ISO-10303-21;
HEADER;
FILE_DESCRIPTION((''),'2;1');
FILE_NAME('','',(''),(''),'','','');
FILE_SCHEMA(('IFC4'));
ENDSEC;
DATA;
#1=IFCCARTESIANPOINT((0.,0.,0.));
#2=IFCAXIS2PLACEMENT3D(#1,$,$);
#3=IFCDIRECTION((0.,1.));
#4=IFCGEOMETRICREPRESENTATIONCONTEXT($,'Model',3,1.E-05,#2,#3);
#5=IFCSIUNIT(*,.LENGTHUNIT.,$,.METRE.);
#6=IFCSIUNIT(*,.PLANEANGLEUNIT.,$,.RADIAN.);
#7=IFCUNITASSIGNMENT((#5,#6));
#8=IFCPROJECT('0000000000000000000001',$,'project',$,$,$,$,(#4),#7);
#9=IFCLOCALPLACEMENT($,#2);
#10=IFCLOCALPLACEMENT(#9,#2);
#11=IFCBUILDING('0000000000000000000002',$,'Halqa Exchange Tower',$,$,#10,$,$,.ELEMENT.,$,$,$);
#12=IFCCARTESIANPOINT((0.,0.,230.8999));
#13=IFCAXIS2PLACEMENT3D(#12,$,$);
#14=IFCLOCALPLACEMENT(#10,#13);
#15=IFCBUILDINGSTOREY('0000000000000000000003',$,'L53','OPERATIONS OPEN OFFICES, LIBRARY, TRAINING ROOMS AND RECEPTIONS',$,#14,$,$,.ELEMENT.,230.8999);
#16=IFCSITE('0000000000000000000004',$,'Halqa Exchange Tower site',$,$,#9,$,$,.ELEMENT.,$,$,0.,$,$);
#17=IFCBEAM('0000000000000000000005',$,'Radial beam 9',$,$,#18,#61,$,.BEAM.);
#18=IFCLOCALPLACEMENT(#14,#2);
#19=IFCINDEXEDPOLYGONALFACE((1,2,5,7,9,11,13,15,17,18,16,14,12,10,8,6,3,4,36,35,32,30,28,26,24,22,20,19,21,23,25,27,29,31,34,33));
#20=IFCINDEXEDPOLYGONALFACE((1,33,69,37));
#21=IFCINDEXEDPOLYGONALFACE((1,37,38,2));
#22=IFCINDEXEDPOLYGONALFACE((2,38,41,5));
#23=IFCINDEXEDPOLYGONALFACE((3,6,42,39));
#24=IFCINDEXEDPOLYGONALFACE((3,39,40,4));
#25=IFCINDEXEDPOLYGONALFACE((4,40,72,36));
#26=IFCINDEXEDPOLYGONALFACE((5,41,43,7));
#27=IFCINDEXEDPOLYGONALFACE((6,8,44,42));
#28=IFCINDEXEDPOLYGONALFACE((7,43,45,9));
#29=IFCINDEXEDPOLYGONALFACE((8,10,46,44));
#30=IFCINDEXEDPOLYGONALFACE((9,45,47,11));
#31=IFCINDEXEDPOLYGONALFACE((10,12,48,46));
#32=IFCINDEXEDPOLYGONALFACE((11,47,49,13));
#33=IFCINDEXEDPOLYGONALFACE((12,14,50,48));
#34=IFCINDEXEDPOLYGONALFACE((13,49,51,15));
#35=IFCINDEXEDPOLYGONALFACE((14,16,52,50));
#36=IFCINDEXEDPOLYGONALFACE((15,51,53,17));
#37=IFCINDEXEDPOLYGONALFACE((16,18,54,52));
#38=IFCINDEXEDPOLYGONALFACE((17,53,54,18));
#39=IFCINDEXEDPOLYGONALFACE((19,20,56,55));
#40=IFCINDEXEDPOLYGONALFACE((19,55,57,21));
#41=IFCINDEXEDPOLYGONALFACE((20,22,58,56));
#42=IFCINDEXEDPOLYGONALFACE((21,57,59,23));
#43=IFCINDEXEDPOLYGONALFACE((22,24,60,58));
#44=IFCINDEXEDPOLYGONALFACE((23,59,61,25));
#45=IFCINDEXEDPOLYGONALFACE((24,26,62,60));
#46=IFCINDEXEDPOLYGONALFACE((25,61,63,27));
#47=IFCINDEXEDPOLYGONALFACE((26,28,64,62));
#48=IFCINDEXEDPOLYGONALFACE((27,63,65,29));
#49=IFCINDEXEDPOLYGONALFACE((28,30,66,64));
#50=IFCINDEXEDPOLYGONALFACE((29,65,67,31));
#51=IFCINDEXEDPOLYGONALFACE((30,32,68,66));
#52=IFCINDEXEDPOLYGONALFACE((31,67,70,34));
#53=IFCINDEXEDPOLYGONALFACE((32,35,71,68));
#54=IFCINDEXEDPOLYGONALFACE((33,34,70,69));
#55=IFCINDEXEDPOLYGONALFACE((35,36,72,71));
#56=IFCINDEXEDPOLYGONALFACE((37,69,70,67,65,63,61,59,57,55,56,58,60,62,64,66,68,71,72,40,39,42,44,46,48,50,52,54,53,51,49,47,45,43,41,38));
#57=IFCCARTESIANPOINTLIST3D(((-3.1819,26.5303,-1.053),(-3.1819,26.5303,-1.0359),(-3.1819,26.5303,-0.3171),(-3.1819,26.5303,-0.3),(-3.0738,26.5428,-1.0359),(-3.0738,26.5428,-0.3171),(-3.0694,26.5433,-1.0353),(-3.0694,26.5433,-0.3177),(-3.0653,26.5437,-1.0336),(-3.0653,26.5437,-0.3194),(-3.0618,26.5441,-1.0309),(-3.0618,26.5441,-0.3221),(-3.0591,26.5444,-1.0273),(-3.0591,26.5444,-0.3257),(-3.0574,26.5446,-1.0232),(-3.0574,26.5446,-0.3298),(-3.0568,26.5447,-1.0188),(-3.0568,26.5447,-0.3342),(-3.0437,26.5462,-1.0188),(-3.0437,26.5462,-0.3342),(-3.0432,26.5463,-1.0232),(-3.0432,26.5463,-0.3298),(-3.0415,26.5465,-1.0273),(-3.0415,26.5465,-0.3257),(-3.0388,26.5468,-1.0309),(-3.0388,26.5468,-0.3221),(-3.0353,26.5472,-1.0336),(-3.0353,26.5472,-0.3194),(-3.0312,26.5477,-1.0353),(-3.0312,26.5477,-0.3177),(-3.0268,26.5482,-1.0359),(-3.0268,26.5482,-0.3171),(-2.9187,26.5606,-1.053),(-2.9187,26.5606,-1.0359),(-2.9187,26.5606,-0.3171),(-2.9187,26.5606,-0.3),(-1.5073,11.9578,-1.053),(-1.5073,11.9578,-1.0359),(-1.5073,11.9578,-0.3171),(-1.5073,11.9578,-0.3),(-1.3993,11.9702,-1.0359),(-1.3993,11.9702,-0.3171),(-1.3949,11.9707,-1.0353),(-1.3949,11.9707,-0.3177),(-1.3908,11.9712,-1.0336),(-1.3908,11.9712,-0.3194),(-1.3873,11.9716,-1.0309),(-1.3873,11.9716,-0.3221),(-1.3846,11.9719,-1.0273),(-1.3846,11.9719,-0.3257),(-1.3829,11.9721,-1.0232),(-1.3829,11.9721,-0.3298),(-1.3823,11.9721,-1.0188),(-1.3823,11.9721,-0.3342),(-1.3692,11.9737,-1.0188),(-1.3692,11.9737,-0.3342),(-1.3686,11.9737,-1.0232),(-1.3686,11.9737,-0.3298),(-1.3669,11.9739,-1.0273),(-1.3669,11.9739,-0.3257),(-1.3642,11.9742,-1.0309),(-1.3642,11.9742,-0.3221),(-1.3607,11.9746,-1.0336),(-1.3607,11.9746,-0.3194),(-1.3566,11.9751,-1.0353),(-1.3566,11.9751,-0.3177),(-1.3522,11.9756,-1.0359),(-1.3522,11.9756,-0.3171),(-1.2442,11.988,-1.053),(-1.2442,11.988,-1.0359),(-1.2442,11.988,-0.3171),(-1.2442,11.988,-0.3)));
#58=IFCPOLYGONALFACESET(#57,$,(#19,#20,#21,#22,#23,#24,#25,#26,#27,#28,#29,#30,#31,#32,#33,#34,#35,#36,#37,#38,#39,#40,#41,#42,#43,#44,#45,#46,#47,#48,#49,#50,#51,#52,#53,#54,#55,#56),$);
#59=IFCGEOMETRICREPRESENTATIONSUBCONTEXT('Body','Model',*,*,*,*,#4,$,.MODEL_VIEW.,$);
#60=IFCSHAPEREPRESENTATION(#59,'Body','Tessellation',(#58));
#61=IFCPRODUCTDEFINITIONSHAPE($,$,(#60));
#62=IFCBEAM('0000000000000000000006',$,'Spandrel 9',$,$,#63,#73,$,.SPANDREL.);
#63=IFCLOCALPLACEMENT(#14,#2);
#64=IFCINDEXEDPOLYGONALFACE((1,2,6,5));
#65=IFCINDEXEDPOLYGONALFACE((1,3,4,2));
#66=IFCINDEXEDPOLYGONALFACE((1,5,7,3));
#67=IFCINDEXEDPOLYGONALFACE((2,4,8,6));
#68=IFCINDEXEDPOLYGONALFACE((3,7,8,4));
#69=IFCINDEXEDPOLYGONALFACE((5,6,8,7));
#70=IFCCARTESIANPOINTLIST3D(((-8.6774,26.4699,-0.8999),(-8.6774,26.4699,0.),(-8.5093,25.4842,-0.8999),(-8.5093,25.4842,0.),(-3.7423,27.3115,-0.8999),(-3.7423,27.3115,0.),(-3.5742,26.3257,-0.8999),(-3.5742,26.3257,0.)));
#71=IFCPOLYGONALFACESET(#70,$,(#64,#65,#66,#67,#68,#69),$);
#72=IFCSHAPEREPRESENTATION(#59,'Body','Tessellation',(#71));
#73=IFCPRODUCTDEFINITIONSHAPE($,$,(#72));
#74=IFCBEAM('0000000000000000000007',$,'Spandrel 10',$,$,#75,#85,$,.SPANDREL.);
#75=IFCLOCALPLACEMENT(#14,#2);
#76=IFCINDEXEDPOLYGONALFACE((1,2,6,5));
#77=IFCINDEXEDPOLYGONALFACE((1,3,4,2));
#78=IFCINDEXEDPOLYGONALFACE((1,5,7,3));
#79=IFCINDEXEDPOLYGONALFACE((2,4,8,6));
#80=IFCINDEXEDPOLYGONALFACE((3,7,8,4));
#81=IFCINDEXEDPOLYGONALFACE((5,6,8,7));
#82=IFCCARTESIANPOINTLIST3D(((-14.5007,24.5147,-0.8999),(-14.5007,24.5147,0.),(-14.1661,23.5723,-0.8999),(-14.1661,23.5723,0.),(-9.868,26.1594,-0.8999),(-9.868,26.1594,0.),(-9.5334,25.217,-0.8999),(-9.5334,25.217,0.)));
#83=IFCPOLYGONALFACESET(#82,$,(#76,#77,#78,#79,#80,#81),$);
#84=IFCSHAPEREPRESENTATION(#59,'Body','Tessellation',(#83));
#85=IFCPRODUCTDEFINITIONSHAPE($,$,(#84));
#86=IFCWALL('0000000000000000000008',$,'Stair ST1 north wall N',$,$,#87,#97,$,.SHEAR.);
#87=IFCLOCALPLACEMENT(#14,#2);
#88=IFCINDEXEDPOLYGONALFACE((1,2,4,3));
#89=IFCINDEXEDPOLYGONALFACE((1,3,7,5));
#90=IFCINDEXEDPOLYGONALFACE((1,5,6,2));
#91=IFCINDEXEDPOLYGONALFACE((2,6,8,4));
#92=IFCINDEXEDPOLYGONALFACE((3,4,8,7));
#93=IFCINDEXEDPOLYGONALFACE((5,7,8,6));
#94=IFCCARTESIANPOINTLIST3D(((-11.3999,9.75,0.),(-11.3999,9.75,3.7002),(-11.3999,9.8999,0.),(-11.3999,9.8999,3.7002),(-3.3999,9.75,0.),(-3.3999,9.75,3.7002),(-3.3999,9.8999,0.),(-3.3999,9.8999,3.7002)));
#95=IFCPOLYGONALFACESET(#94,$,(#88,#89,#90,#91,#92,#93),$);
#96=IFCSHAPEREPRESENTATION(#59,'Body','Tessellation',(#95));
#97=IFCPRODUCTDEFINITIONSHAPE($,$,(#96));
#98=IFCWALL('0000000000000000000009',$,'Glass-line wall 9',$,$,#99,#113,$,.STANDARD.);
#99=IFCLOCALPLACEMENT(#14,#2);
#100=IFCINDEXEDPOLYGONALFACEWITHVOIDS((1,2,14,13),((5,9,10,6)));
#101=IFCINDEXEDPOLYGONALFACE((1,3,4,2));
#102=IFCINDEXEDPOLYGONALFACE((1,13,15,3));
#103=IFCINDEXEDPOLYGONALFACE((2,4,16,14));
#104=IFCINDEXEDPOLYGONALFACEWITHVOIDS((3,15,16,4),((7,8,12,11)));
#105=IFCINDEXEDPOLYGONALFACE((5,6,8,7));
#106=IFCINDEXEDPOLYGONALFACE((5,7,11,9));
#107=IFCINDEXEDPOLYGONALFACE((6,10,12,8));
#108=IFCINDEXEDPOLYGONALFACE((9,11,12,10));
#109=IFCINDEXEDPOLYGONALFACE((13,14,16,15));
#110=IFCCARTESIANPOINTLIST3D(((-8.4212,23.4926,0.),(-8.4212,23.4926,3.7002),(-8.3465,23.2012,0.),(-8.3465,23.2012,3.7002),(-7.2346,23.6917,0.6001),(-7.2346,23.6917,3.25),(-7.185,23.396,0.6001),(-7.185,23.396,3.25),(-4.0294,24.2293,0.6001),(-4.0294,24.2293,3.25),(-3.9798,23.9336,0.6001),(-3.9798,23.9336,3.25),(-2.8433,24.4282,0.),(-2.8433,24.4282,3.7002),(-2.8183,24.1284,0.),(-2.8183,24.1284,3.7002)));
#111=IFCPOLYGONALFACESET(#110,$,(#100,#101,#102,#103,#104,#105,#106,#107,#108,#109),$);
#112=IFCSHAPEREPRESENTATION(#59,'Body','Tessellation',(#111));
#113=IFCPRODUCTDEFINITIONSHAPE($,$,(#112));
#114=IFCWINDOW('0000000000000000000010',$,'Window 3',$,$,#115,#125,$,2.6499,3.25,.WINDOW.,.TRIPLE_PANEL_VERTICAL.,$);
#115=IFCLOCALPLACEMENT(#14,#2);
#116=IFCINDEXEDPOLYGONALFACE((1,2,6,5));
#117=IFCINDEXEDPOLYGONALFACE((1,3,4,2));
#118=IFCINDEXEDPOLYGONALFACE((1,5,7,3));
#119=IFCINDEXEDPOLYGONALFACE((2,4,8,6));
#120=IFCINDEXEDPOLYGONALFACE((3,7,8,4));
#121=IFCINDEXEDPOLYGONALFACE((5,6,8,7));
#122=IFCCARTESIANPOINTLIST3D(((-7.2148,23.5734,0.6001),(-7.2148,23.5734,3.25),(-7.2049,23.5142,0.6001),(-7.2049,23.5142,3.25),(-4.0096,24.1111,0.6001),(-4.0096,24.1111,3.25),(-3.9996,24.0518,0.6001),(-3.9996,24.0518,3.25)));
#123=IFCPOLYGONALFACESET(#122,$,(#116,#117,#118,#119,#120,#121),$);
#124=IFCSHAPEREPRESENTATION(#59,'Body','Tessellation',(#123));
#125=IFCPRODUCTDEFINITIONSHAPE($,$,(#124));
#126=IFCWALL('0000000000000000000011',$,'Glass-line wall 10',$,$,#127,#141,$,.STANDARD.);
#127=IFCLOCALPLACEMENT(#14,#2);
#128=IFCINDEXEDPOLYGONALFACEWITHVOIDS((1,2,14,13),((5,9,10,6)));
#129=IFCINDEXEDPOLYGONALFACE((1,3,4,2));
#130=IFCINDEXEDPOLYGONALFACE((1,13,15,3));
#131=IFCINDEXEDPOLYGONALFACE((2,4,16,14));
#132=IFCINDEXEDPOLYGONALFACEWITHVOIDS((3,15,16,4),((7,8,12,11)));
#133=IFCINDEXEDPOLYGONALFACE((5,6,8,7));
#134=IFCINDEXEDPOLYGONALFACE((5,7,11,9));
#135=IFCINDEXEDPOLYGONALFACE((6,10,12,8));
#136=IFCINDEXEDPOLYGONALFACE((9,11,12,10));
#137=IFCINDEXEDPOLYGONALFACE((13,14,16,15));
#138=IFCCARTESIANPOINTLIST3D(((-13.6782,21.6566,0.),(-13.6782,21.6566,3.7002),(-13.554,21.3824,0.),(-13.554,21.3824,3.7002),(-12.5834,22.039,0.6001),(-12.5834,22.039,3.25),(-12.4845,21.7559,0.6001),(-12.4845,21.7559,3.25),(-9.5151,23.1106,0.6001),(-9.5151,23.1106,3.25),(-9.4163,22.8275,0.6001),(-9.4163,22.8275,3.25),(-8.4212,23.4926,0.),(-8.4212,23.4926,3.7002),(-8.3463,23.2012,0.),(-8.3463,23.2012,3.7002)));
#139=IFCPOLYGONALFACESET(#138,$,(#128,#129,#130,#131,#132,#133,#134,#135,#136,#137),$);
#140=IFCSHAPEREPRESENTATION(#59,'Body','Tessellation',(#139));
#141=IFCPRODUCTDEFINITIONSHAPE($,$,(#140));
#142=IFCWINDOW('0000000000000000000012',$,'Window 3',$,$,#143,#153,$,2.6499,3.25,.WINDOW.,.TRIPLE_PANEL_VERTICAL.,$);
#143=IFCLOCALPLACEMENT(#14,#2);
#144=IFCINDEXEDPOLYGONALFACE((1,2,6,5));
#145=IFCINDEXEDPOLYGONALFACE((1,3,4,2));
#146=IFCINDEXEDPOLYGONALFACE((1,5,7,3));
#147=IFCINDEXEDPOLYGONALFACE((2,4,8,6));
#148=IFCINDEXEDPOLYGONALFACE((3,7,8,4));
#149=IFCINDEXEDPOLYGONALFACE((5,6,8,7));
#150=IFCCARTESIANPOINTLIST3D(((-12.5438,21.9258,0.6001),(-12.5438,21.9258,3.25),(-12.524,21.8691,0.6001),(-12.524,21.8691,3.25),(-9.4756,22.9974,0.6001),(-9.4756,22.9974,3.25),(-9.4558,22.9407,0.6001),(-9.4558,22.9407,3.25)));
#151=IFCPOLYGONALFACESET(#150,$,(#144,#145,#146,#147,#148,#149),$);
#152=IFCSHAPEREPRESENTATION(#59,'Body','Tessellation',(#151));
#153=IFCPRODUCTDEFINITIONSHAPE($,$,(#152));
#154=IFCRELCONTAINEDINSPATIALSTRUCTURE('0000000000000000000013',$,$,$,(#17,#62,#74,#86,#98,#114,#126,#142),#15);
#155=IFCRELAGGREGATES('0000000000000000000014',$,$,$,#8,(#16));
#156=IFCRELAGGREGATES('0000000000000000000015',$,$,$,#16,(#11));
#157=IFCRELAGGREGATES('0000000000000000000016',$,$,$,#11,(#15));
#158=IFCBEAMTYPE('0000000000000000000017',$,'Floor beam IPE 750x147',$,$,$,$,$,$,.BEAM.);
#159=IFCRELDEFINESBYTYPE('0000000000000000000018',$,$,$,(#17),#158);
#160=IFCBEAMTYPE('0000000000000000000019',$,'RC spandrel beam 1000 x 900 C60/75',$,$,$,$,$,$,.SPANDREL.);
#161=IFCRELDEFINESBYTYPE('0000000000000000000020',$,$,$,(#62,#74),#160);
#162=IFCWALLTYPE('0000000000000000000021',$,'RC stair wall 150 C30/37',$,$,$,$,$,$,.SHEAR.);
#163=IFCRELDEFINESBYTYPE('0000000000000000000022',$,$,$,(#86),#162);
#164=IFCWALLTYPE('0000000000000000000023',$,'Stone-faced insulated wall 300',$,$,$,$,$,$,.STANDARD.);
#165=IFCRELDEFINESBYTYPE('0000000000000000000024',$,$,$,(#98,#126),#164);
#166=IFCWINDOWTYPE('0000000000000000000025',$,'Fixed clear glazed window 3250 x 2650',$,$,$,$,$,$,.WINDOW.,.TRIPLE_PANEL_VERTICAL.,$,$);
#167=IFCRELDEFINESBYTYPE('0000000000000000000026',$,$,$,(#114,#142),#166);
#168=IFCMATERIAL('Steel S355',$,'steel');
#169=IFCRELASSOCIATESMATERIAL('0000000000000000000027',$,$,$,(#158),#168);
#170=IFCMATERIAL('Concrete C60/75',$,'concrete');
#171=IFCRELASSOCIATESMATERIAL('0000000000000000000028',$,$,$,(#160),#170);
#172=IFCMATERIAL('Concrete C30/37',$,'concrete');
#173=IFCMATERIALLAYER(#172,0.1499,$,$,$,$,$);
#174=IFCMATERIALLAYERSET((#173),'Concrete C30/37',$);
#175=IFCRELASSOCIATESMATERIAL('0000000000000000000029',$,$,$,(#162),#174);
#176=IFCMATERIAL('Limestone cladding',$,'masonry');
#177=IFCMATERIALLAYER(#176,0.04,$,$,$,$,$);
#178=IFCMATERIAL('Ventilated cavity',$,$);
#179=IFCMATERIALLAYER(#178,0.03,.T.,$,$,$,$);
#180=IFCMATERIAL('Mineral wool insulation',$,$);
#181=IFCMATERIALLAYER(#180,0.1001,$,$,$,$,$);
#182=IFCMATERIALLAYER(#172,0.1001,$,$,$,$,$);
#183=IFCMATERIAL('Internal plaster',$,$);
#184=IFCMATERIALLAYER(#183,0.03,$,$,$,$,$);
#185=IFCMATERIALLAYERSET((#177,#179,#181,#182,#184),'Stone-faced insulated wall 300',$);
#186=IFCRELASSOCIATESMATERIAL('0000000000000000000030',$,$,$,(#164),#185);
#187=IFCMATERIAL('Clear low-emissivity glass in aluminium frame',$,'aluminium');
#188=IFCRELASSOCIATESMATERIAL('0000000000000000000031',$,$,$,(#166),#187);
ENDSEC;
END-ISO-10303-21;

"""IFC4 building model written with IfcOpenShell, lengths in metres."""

from ifc_helpers import new_model, si_unit, direction, frame, frame_2d, origin, origin_2d, place, context, subcontext, project, spatial, polyline, rectangle, i_section, outline, extrude, material, layer, layer_set, material_profile, profile_set, type_object, element, fill, save


model = new_model("IFC4")

# Units and contexts
model_context = context("Model", 3, precision=1e-05, world=origin(), true_north=direction((0.0, 1.0)))
body_context = subcontext(model_context, "Body", "Model", "MODEL_VIEW")
ifc_project = project(units=[si_unit("LENGTHUNIT", "METRE"), si_unit("PLANEANGLEUNIT", "RADIAN")], contexts=[model_context])

# Site, building, storey
site_placement = place(None, origin())
site = spatial("IfcSite", under=ifc_project, at=site_placement, Name="Halqa Exchange Tower site", CompositionType="ELEMENT", RefElevation=0.0)
building_placement = place(site_placement, origin())
building = spatial("IfcBuilding", under=site, at=building_placement, Name="Halqa Exchange Tower", CompositionType="ELEMENT")
storey_placement = place(building_placement, frame((0.0, 0.0, 230.8999)))
storey = spatial("IfcBuildingStorey", under=building, at=storey_placement, Name="L53", Description="OPERATIONS OPEN OFFICES, LIBRARY, TRAINING ROOMS AND RECEPTIONS", CompositionType="ELEMENT", Elevation=230.8999)

# Shared definitions
ifc_material_1 = material(Name="Concrete C60/75", Category="concrete")

# Beams
ifc_material_2 = material(Name="Steel S355", Category="steel")
ifc_material_profile_1 = material_profile(ifc_material_2, i_section(OverallWidth=0.2649, OverallDepth=0.7529, WebThickness=0.0132, FlangeThickness=0.0171, FilletRadius=0.0171, at=origin_2d()), Name="IPE 750x147")
ifc_profile_set_1 = profile_set([ifc_material_profile_1], Name="Steel S355")
beam_type_1 = type_object("IfcBeamType", Name="Floor beam IPE 750x147", PredefinedType="BEAM", material=ifc_profile_set_1)
beam_1_placement = place(storey_placement, frame((-1.3757, 11.9729, -0.6765), z_axis=(-0.114161, 0.993462, 0.0), x_axis=(-0.993462, -0.114161, 0.0)))
element("IfcBeam", 1, at=beam_1_placement, inside=storey, type_object=beam_type_1, Name="Radial beam 9", PredefinedType="BEAM", context=body_context, shape_type="SweptSolid", body=[
    extrude(i_section(OverallWidth=0.2649, OverallDepth=0.7529, WebThickness=0.0132, FlangeThickness=0.0171, FilletRadius=0.0171, at=origin_2d()), origin(), (0.0, 0.0, 1.0), 14.6685),
])
ifc_material_profile_2 = material_profile(ifc_material_1, rectangle(XDim=1.0, YDim=0.8999, at=origin_2d()), Name="1000 x 900")
ifc_profile_set_2 = profile_set([ifc_material_profile_2], Name="Concrete C60/75")
beam_type_2 = type_object("IfcBeamType", Name="RC spandrel beam 1000 x 900 C60/75", PredefinedType="SPANDREL", material=ifc_profile_set_2)
beam_2_placement = place(storey_placement, frame((-3.6582, 26.8186, -0.45), z_axis=(-0.98577, -0.168099, 0.0), x_axis=(0.168099, -0.98577, 0.0)))
element("IfcBeam", 2, at=beam_2_placement, inside=storey, type_object=beam_type_2, Name="Spandrel 9", PredefinedType="SPANDREL", context=body_context, shape_type="SweptSolid", body=[
    extrude(rectangle(XDim=1.0, YDim=0.8999, at=origin_2d()), origin(), (0.0, 0.0, 1.0), 5.0063),
])
beam_3_placement = place(storey_placement, frame((-9.7007, 25.6882, -0.45), z_axis=(-0.942372, -0.334568, 0.0), x_axis=(0.334568, -0.942372, 0.0)))
element("IfcBeam", 3, at=beam_3_placement, inside=storey, type_object=beam_type_2, Name="Spandrel 10", PredefinedType="SPANDREL", context=body_context, shape_type="SweptSolid", body=[
    extrude(rectangle(XDim=1.0, YDim=0.8999, at=origin_2d()), origin(), (0.0, 0.0, 1.0), 4.916),
])

# Wall
ifc_material_3 = material(Name="Concrete C30/37", Category="concrete")
ifc_layer_1 = layer(ifc_material_3, 0.1499)
ifc_layer_set_1 = layer_set([ifc_layer_1], Name="Concrete C30/37")
wall_type_1 = type_object("IfcWallType", Name="RC stair wall 150 C30/37", PredefinedType="SHEAR", material=ifc_layer_set_1)
wall_1_placement = place(storey_placement, frame((-11.3999, 9.825, 0.0), z_axis=(0.0, 0.0, 1.0), x_axis=(1.0, 0.0, 0.0)))
element("IfcWall", 4, at=wall_1_placement, inside=storey, type_object=wall_type_1, Name="Stair ST1 north wall N", PredefinedType="SHEAR", context=body_context, shape_type="SweptSolid", body=[
    extrude(rectangle(XDim=8.0, YDim=0.1499, at=frame_2d((4.0, 0.0))), origin(), (0.0, 0.0, 1.0), 3.7002),
])

# Walls, openings, windows
ifc_material_4 = material(Name="Limestone cladding", Category="masonry")
ifc_layer_2 = layer(ifc_material_4, 0.04)
ifc_material_5 = material(Name="Ventilated cavity")
ifc_layer_3 = layer(ifc_material_5, 0.03, ventilated=True)
ifc_material_6 = material(Name="Mineral wool insulation")
ifc_layer_4 = layer(ifc_material_6, 0.1001)
ifc_layer_5 = layer(ifc_material_3, 0.1001)
ifc_material_7 = material(Name="Internal plaster")
ifc_layer_6 = layer(ifc_material_7, 0.03)
ifc_layer_set_2 = layer_set([ifc_layer_2, ifc_layer_3, ifc_layer_4, ifc_layer_5, ifc_layer_6], Name="Stone-faced insulated wall 300")
wall_type_2 = type_object("IfcWallType", Name="Stone-faced insulated wall 300", PredefinedType="STANDARD", material=ifc_layer_set_2)
wall_2_placement = place(storey_placement, frame((-2.8308, 24.2783, 0.0), z_axis=(0.0, 0.0, 1.0), x_axis=(-0.986223, -0.165418, 0.0)))
wall_2 = element("IfcWall", 5, at=wall_2_placement, inside=storey, type_object=wall_type_2, Name="Glass-line wall 9", PredefinedType="STANDARD", context=body_context, shape_type="SweptSolid", body=[
    extrude(outline(polyline([(-0.0125, -0.1499), (5.6433, -0.1499), (5.6179, 0.1499), (0.0125, 0.1499), (-0.0125, -0.1499)])), origin(), (0.0, 0.0, 1.0), 3.7002),
])
opening_1_placement = place(wall_2_placement, frame((1.1902, 0.0, 0.6001)))
opening_1 = element("IfcOpeningElement", 6, at=opening_1_placement, cuts=wall_2, PredefinedType="OPENING", context=body_context, shape_type="SweptSolid", body=[
    extrude(rectangle(XDim=3.25, YDim=2.6499, at=frame_2d((1.625, 1.325))), frame((0.0, 0.1621, 0.0), z_axis=(0.0, -1.0, 0.0), x_axis=(1.0, 0.0, 0.0)), (0.0, 0.0, 1.0), 0.324),
])
ifc_material_8 = material(Name="Clear low-emissivity glass in aluminium frame", Category="aluminium")
window_type = type_object("IfcWindowType", Name="Fixed clear glazed window 3250 x 2650", PartitioningType="TRIPLE_PANEL_VERTICAL", PredefinedType="WINDOW", material=ifc_material_8)
window_1_placement = place(opening_1_placement, origin())
window_1 = element("IfcWindow", 7, at=window_1_placement, inside=storey, type_object=window_type, Name="Window 3", OverallHeight=2.6499, OverallWidth=3.25, PartitioningType="TRIPLE_PANEL_VERTICAL", PredefinedType="WINDOW", context=body_context, shape_type="SweptSolid", body=[
    extrude(rectangle(XDim=3.25, YDim=2.6499, at=frame_2d((1.625, 1.325))), frame((0.0, 0.03, 0.0), z_axis=(0.0, -1.0, 0.0), x_axis=(1.0, 0.0, 0.0)), (0.0, 0.0, 1.0), 0.0601),
])
fill(opening_1, window_1)
wall_3_placement = place(storey_placement, frame((-8.3838, 23.3469, 0.0), z_axis=(0.0, 0.0, 1.0), x_axis=(-0.944076, -0.329728, 0.0)))
wall_3 = element("IfcWall", 8, at=wall_3_placement, inside=storey, type_object=wall_type_2, Name="Glass-line wall 10", PredefinedType="STANDARD", context=body_context, shape_type="SweptSolid", body=[
    extrude(outline(polyline([(-0.0127, -0.1499), (5.5557, -0.1499), (5.5288, 0.1499), (0.0127, 0.1499), (-0.0127, -0.1499)])), origin(), (0.0, 0.0, 1.0), 3.7002),
])
opening_2_placement = place(wall_3_placement, frame((1.146, 0.0, 0.6001)))
opening_2 = element("IfcOpeningElement", 9, at=opening_2_placement, cuts=wall_3, PredefinedType="OPENING", context=body_context, shape_type="SweptSolid", body=[
    extrude(rectangle(XDim=3.25, YDim=2.6499, at=frame_2d((1.625, 1.325))), frame((0.0, 0.1621, 0.0), z_axis=(0.0, -1.0, 0.0), x_axis=(1.0, 0.0, 0.0)), (0.0, 0.0, 1.0), 0.324),
])
window_2_placement = place(opening_2_placement, origin())
window_2 = element("IfcWindow", 10, at=window_2_placement, inside=storey, type_object=window_type, Name="Window 3", OverallHeight=2.6499, OverallWidth=3.25, PartitioningType="TRIPLE_PANEL_VERTICAL", PredefinedType="WINDOW", context=body_context, shape_type="SweptSolid", body=[
    extrude(rectangle(XDim=3.25, YDim=2.6499, at=frame_2d((1.625, 1.325))), frame((0.0, 0.03, 0.0), z_axis=(0.0, -1.0, 0.0), x_axis=(1.0, 0.0, 0.0)), (0.0, 0.0, 1.0), 0.0601),
])
fill(opening_2, window_2)

save(model, "model.ifc")
